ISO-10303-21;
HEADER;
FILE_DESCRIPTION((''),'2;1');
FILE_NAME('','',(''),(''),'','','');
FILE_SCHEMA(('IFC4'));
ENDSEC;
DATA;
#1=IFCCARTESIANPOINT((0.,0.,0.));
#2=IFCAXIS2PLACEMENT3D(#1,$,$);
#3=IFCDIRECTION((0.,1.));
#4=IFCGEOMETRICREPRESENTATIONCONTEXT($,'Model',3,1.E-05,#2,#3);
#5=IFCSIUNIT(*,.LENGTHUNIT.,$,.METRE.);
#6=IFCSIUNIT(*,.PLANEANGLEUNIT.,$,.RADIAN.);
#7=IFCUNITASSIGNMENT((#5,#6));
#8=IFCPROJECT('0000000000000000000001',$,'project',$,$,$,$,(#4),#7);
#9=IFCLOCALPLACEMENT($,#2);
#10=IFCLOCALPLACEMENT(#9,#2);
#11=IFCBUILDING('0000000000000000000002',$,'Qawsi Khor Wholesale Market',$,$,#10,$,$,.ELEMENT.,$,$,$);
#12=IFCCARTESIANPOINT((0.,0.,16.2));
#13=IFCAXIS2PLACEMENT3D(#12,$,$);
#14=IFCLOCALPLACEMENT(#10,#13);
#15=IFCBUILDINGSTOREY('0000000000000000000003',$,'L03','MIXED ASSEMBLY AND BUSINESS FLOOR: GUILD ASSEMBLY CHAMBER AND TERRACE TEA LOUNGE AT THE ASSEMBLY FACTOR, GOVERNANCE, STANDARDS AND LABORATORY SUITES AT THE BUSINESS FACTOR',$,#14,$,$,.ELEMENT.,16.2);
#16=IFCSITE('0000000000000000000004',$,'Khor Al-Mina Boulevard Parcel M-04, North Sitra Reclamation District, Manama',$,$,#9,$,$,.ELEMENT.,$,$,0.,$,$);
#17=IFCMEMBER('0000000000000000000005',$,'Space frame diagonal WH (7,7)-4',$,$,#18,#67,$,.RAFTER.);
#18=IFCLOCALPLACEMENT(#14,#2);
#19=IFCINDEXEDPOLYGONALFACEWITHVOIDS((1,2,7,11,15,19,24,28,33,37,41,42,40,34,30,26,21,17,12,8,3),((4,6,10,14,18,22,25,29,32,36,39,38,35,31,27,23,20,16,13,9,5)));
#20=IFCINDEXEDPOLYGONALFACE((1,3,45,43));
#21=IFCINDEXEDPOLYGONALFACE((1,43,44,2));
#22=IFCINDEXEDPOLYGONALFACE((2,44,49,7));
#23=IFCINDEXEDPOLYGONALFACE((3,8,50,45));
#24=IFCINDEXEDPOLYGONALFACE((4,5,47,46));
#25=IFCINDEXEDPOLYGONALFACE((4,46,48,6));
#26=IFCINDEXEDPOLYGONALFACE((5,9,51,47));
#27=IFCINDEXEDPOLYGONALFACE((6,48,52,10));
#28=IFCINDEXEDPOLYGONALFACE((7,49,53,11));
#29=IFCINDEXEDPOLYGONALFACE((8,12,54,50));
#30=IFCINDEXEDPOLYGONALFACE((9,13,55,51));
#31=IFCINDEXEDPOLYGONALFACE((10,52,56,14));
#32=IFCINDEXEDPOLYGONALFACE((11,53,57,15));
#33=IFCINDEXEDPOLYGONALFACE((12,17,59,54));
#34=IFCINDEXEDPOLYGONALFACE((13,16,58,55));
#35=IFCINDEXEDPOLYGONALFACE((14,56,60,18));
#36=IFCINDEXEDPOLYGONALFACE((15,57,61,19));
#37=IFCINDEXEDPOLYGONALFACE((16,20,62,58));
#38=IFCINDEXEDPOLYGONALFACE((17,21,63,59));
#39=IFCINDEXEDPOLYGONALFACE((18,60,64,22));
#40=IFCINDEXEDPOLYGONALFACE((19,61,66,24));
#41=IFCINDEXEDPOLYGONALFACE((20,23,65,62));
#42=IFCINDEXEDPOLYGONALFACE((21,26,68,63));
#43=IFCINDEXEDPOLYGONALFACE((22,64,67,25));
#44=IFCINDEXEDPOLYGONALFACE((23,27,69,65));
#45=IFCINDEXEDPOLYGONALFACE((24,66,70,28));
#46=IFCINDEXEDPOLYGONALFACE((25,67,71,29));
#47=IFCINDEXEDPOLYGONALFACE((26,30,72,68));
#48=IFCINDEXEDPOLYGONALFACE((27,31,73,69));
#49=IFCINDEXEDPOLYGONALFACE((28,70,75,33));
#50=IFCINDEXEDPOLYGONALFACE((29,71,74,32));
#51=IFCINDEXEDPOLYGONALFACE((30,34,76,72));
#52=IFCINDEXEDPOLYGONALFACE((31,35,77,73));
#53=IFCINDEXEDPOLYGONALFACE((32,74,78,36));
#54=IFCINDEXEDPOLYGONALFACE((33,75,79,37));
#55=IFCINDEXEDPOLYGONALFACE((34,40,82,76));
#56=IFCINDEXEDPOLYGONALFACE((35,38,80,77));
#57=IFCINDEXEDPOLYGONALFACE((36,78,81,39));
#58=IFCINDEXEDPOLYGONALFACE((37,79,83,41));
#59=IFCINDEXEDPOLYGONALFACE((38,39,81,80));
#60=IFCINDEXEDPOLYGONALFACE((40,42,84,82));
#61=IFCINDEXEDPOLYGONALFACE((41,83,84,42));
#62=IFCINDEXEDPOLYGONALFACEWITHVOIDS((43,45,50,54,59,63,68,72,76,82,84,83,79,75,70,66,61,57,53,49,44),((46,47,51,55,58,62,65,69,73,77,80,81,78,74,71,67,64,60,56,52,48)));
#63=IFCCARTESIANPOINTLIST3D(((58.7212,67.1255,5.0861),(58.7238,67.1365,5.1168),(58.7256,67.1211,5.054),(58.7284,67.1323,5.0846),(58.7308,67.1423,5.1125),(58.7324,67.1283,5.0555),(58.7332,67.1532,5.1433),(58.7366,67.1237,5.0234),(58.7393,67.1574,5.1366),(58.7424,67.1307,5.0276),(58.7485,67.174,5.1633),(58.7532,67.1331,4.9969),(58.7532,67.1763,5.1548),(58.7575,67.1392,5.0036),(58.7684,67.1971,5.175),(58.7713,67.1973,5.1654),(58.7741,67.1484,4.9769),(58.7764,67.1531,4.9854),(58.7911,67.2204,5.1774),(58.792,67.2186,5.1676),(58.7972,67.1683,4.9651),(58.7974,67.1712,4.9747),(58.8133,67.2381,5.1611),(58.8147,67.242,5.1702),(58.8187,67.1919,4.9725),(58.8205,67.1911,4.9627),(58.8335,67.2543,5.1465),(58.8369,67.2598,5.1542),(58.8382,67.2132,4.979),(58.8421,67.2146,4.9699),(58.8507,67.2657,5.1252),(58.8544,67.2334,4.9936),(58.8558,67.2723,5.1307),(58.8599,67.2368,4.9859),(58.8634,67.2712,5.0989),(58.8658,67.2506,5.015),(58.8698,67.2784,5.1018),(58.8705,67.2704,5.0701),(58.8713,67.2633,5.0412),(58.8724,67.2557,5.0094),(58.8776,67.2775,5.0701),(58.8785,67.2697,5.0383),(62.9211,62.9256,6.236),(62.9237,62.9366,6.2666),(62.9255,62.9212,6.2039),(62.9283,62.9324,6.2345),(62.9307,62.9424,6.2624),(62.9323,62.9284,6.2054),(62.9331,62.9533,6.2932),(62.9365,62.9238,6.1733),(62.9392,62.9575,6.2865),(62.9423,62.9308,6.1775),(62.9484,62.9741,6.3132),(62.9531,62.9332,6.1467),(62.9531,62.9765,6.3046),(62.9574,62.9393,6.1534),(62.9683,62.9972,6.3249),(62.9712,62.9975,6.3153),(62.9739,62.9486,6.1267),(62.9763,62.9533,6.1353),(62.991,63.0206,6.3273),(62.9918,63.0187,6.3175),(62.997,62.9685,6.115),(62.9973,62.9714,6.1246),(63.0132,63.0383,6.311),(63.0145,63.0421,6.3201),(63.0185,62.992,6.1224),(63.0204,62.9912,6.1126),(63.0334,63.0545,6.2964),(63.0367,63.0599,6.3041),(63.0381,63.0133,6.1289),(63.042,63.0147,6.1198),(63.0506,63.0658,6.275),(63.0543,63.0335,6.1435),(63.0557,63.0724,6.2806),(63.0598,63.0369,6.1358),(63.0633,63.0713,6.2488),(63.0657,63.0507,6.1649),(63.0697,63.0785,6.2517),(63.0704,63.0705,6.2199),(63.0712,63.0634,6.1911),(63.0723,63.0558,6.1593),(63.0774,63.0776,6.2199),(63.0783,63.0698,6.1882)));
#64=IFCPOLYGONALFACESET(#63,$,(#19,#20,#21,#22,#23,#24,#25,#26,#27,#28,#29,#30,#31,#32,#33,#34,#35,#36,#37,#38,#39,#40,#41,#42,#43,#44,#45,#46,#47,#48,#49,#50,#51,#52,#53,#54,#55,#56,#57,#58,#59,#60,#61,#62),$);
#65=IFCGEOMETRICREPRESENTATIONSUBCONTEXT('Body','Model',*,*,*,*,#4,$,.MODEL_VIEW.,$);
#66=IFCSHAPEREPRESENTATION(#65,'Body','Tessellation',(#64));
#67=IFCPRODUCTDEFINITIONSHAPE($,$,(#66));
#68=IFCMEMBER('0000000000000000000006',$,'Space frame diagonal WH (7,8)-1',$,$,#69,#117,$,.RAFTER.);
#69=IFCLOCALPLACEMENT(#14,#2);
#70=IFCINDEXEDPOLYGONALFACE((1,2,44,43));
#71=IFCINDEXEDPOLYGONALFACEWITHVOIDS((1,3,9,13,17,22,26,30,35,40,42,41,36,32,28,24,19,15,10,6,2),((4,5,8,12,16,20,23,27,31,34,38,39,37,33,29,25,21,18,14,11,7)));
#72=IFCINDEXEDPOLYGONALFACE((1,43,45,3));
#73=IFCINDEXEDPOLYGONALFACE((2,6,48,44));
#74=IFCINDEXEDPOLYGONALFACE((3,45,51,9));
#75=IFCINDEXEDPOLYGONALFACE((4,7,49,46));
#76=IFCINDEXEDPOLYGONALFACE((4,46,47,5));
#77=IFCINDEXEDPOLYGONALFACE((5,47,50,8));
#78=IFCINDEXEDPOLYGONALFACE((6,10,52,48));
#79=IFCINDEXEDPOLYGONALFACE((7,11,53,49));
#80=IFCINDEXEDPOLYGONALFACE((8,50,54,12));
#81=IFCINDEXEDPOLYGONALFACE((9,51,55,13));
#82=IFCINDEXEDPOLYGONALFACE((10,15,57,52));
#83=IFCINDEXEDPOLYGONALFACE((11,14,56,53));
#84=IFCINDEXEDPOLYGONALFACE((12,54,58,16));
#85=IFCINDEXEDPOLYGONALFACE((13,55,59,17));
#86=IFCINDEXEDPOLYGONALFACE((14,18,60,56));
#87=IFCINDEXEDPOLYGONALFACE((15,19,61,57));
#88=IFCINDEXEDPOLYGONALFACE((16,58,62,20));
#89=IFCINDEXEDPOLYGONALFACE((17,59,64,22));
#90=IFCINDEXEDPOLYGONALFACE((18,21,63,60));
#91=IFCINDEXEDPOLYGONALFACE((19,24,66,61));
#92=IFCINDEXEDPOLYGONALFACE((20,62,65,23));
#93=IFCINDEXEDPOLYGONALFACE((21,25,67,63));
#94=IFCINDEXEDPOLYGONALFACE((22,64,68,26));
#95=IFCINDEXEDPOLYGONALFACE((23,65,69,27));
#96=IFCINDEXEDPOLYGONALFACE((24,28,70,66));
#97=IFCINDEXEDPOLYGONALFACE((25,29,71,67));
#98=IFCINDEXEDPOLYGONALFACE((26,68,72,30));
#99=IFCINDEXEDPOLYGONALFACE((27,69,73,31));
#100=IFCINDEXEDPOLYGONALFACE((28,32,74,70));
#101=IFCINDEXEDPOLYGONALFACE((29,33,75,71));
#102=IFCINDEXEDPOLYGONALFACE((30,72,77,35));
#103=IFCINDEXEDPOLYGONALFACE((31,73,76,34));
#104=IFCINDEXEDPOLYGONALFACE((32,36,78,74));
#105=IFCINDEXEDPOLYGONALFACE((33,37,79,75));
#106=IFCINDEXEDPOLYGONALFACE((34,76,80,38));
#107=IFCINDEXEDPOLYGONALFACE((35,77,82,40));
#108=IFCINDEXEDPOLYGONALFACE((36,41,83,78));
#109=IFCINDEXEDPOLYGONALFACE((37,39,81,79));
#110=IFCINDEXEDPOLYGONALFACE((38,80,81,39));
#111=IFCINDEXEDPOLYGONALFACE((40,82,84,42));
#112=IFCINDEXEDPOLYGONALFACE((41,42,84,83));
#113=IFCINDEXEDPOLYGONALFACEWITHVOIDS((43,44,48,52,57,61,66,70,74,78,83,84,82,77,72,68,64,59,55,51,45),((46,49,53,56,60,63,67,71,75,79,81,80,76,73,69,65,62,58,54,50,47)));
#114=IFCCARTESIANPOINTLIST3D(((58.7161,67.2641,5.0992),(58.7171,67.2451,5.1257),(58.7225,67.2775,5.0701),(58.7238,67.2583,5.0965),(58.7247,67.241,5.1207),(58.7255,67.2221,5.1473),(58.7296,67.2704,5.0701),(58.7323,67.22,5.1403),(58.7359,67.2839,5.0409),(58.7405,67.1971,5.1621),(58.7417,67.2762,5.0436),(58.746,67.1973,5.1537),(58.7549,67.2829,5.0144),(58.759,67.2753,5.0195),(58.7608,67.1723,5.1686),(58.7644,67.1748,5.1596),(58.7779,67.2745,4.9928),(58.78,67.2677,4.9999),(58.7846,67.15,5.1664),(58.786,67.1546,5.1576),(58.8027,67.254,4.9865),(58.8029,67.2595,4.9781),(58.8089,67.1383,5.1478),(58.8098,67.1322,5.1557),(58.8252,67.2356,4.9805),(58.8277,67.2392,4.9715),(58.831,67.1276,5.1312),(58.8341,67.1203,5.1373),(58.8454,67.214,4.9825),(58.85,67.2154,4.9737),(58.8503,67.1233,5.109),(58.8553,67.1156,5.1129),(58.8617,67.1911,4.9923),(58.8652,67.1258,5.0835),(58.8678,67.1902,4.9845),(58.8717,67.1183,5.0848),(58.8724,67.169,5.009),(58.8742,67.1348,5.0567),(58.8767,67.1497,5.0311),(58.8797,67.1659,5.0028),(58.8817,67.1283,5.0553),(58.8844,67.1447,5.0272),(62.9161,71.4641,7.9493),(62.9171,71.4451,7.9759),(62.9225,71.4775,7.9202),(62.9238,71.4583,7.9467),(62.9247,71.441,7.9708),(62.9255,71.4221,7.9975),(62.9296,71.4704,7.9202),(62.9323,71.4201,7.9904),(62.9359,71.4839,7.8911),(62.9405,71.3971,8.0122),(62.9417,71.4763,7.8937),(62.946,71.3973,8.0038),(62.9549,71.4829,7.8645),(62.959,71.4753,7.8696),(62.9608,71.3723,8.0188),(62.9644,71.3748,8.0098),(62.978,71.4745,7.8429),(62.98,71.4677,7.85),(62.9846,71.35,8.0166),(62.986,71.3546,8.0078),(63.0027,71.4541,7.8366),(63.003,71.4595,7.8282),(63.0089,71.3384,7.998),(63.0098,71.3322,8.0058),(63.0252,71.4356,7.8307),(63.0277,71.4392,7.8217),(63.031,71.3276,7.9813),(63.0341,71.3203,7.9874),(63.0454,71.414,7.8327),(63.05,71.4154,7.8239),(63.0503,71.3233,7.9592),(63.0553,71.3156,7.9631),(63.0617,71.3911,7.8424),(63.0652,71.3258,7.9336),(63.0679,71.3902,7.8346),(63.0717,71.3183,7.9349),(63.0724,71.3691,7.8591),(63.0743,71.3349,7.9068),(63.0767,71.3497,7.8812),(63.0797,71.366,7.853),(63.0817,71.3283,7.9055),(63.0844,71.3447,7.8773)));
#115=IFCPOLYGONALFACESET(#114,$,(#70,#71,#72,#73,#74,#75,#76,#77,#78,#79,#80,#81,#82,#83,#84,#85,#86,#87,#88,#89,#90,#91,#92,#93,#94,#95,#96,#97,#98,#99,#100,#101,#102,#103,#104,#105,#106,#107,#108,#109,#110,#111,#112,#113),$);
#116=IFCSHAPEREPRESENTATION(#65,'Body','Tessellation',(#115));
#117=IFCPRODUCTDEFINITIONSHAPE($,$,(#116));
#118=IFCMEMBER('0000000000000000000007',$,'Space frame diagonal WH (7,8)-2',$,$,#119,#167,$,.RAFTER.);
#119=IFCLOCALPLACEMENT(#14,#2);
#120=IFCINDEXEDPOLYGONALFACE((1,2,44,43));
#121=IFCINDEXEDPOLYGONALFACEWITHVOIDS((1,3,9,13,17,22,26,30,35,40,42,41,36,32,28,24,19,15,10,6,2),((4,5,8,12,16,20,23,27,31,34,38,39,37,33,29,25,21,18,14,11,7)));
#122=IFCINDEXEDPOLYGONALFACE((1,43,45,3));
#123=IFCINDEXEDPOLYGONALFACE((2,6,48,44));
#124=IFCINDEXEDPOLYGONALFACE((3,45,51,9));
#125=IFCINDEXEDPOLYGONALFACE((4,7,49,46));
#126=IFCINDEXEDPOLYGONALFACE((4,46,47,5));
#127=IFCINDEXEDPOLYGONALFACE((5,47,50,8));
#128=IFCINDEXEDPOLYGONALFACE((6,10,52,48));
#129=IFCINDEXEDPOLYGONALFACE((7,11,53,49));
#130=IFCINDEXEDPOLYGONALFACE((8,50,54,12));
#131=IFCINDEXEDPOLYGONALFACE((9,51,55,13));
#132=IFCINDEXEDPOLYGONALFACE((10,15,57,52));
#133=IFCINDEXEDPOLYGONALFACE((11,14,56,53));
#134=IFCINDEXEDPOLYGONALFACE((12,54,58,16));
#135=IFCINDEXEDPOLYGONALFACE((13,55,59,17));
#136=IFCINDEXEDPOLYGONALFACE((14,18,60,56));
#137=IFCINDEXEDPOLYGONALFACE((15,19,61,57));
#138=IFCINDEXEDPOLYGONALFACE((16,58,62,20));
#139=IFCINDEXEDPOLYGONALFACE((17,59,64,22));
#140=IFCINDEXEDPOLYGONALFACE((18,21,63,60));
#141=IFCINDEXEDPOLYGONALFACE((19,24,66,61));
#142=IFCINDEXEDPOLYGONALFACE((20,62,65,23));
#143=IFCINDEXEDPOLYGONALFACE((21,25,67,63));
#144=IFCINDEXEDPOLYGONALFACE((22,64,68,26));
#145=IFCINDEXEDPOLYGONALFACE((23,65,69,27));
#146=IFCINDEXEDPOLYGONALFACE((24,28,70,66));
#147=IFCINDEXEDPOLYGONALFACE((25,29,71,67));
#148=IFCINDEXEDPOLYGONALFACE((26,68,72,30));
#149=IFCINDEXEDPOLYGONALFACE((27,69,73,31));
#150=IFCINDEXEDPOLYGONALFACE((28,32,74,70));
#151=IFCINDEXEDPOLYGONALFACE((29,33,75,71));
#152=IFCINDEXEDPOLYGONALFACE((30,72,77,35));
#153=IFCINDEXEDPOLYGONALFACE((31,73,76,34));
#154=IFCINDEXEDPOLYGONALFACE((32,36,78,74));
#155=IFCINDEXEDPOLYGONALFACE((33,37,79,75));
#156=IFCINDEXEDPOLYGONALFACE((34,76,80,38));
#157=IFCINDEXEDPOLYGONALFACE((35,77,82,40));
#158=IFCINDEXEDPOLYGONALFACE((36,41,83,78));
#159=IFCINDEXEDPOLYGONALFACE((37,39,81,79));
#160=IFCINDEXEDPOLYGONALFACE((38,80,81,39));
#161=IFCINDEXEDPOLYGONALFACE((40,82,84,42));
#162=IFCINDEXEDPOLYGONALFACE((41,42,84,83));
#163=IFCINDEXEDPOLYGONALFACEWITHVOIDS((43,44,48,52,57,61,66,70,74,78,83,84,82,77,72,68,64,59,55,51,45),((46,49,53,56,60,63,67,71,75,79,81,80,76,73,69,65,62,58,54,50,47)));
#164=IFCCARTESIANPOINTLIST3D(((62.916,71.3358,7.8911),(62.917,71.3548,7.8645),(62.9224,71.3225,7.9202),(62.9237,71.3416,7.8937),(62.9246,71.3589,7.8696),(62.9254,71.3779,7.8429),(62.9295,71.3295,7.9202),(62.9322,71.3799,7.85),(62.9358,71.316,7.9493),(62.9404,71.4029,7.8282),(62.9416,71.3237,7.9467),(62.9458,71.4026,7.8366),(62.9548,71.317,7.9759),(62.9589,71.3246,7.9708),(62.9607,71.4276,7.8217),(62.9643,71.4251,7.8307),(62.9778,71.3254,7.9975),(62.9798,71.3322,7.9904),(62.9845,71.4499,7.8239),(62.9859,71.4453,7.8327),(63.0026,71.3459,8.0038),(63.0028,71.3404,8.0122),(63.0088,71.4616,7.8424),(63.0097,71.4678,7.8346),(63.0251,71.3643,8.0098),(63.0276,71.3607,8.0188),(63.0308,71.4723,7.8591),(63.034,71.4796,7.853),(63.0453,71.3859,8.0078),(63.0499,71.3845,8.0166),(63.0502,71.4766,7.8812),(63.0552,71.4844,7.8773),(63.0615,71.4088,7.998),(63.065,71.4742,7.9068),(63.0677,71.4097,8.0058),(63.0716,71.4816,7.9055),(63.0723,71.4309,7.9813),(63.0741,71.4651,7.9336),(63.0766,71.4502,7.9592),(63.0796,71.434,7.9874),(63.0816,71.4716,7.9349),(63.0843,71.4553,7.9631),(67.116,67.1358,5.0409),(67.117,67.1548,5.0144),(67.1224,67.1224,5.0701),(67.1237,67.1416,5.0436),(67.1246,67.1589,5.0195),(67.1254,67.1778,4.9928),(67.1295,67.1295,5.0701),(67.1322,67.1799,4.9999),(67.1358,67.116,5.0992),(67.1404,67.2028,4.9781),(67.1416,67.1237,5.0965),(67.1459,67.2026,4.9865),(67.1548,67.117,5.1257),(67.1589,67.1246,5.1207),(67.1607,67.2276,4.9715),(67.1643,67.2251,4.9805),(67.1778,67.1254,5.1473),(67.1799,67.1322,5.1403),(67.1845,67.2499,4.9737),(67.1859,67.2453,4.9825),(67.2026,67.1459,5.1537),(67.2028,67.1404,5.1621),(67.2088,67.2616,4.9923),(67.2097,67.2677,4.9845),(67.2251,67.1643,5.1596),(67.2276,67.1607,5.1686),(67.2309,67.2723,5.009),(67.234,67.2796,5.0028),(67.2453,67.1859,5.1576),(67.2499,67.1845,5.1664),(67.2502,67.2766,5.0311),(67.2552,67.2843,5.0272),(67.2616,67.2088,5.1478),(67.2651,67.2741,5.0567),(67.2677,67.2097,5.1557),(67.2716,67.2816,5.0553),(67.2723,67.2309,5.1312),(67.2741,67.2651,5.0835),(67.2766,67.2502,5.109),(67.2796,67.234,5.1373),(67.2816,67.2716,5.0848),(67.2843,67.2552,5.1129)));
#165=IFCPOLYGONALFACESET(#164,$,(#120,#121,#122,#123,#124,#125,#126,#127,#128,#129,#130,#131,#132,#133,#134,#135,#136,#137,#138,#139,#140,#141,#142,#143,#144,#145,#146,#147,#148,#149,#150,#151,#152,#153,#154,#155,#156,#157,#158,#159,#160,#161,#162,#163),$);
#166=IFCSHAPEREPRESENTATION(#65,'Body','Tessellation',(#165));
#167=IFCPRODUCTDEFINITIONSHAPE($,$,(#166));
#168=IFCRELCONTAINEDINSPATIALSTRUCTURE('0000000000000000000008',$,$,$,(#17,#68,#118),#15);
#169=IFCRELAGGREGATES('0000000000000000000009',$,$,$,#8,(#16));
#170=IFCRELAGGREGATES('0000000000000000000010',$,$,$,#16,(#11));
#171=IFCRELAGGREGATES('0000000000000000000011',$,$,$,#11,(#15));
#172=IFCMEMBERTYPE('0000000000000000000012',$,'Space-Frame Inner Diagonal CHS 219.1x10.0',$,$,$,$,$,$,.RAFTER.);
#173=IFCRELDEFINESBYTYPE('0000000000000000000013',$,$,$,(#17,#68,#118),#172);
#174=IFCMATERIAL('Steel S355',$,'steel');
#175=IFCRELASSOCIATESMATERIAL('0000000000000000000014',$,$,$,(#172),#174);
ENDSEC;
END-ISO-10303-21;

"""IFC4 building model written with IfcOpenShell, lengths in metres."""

from ifc_helpers import new_model, si_unit, direction, frame, origin, origin_2d, place, context, subcontext, project, spatial, hollow_circle, extrude, material, material_profile, profile_set, type_object, element, save


model = new_model("IFC4")

# Units and contexts
model_context = context("Model", 3, precision=1e-05, world=origin(), true_north=direction((0.0, 1.0)))
body_context = subcontext(model_context, "Body", "Model", "MODEL_VIEW")
ifc_project = project(units=[si_unit("LENGTHUNIT", "METRE"), si_unit("PLANEANGLEUNIT", "RADIAN")], contexts=[model_context])

# Site, building, storey
site_placement = place(None, origin())
site = spatial("IfcSite", under=ifc_project, at=site_placement, Name="Khor Al-Mina Boulevard Parcel M-04, North Sitra Reclamation District, Manama", CompositionType="ELEMENT", RefElevation=0.0)
building_placement = place(site_placement, origin())
building = spatial("IfcBuilding", under=site, at=building_placement, Name="Qawsi Khor Wholesale Market", CompositionType="ELEMENT")
storey_placement = place(building_placement, frame((0.0, 0.0, 16.2)))
storey = spatial("IfcBuildingStorey", under=building, at=storey_placement, Name="L03", Description="MIXED ASSEMBLY AND BUSINESS FLOOR: GUILD ASSEMBLY CHAMBER AND TERRACE TEA LOUNGE AT THE ASSEMBLY FACTOR, GOVERNANCE, STANDARDS AND LABORATORY SUITES AT THE BUSINESS FACTOR", CompositionType="ELEMENT", Elevation=16.2)

# Members
ifc_material_1 = material(Name="Steel S355", Category="steel")
ifc_material_profile_1 = material_profile(ifc_material_1, hollow_circle(Radius=0.1096, WallThickness=0.01, at=origin_2d()), Name="CHS 219.1x10.0")
ifc_profile_set_1 = profile_set([ifc_material_profile_1], Name="Steel S355")
member_type_1 = type_object("IfcMemberType", Name="Space-Frame Inner Diagonal CHS 219.1x10.0", PredefinedType="RAFTER", material=ifc_profile_set_1)
for number, where, z_axis, x_axis, name in (
    (1, (58.8, 67.2, 5.0701), (0.694217, -0.694217, 0.190069), (0.707107, 0.707107, 0.0), "Space frame diagonal WH (7,7)-4"),
):
    element("IfcMember", number, at=place(storey_placement, frame(where, z_axis=z_axis, x_axis=x_axis)), inside=storey, type_object=member_type_1, Name=name, PredefinedType="RAFTER", context=body_context, shape_type="SweptSolid", body=[
        extrude(hollow_circle(Radius=0.1096, WallThickness=0.01, at=origin_2d()), origin(), (0.0, 0.0, 1.0), 6.0498),
    ])
for number, where, z_axis, x_axis, name in (
    (2, (58.8, 67.2, 5.0701), (0.637512, 0.637512, 0.432617), (-0.707107, 0.707107, 0.0), "Space frame diagonal WH (7,8)-1"),
    (3, (67.2, 67.2, 5.0701), (-0.637512, 0.637512, 0.432617), (-0.707107, -0.707107, 0.0), "Space frame diagonal WH (7,8)-2"),
):
    element("IfcMember", number, at=place(storey_placement, frame(where, z_axis=z_axis, x_axis=x_axis)), inside=storey, type_object=member_type_1, Name=name, PredefinedType="RAFTER", context=body_context, shape_type="SweptSolid", body=[
        extrude(hollow_circle(Radius=0.1096, WallThickness=0.01, at=origin_2d()), origin(), (0.0, 0.0, 1.0), 6.5881),
    ])

save(model, "model.ifc")
